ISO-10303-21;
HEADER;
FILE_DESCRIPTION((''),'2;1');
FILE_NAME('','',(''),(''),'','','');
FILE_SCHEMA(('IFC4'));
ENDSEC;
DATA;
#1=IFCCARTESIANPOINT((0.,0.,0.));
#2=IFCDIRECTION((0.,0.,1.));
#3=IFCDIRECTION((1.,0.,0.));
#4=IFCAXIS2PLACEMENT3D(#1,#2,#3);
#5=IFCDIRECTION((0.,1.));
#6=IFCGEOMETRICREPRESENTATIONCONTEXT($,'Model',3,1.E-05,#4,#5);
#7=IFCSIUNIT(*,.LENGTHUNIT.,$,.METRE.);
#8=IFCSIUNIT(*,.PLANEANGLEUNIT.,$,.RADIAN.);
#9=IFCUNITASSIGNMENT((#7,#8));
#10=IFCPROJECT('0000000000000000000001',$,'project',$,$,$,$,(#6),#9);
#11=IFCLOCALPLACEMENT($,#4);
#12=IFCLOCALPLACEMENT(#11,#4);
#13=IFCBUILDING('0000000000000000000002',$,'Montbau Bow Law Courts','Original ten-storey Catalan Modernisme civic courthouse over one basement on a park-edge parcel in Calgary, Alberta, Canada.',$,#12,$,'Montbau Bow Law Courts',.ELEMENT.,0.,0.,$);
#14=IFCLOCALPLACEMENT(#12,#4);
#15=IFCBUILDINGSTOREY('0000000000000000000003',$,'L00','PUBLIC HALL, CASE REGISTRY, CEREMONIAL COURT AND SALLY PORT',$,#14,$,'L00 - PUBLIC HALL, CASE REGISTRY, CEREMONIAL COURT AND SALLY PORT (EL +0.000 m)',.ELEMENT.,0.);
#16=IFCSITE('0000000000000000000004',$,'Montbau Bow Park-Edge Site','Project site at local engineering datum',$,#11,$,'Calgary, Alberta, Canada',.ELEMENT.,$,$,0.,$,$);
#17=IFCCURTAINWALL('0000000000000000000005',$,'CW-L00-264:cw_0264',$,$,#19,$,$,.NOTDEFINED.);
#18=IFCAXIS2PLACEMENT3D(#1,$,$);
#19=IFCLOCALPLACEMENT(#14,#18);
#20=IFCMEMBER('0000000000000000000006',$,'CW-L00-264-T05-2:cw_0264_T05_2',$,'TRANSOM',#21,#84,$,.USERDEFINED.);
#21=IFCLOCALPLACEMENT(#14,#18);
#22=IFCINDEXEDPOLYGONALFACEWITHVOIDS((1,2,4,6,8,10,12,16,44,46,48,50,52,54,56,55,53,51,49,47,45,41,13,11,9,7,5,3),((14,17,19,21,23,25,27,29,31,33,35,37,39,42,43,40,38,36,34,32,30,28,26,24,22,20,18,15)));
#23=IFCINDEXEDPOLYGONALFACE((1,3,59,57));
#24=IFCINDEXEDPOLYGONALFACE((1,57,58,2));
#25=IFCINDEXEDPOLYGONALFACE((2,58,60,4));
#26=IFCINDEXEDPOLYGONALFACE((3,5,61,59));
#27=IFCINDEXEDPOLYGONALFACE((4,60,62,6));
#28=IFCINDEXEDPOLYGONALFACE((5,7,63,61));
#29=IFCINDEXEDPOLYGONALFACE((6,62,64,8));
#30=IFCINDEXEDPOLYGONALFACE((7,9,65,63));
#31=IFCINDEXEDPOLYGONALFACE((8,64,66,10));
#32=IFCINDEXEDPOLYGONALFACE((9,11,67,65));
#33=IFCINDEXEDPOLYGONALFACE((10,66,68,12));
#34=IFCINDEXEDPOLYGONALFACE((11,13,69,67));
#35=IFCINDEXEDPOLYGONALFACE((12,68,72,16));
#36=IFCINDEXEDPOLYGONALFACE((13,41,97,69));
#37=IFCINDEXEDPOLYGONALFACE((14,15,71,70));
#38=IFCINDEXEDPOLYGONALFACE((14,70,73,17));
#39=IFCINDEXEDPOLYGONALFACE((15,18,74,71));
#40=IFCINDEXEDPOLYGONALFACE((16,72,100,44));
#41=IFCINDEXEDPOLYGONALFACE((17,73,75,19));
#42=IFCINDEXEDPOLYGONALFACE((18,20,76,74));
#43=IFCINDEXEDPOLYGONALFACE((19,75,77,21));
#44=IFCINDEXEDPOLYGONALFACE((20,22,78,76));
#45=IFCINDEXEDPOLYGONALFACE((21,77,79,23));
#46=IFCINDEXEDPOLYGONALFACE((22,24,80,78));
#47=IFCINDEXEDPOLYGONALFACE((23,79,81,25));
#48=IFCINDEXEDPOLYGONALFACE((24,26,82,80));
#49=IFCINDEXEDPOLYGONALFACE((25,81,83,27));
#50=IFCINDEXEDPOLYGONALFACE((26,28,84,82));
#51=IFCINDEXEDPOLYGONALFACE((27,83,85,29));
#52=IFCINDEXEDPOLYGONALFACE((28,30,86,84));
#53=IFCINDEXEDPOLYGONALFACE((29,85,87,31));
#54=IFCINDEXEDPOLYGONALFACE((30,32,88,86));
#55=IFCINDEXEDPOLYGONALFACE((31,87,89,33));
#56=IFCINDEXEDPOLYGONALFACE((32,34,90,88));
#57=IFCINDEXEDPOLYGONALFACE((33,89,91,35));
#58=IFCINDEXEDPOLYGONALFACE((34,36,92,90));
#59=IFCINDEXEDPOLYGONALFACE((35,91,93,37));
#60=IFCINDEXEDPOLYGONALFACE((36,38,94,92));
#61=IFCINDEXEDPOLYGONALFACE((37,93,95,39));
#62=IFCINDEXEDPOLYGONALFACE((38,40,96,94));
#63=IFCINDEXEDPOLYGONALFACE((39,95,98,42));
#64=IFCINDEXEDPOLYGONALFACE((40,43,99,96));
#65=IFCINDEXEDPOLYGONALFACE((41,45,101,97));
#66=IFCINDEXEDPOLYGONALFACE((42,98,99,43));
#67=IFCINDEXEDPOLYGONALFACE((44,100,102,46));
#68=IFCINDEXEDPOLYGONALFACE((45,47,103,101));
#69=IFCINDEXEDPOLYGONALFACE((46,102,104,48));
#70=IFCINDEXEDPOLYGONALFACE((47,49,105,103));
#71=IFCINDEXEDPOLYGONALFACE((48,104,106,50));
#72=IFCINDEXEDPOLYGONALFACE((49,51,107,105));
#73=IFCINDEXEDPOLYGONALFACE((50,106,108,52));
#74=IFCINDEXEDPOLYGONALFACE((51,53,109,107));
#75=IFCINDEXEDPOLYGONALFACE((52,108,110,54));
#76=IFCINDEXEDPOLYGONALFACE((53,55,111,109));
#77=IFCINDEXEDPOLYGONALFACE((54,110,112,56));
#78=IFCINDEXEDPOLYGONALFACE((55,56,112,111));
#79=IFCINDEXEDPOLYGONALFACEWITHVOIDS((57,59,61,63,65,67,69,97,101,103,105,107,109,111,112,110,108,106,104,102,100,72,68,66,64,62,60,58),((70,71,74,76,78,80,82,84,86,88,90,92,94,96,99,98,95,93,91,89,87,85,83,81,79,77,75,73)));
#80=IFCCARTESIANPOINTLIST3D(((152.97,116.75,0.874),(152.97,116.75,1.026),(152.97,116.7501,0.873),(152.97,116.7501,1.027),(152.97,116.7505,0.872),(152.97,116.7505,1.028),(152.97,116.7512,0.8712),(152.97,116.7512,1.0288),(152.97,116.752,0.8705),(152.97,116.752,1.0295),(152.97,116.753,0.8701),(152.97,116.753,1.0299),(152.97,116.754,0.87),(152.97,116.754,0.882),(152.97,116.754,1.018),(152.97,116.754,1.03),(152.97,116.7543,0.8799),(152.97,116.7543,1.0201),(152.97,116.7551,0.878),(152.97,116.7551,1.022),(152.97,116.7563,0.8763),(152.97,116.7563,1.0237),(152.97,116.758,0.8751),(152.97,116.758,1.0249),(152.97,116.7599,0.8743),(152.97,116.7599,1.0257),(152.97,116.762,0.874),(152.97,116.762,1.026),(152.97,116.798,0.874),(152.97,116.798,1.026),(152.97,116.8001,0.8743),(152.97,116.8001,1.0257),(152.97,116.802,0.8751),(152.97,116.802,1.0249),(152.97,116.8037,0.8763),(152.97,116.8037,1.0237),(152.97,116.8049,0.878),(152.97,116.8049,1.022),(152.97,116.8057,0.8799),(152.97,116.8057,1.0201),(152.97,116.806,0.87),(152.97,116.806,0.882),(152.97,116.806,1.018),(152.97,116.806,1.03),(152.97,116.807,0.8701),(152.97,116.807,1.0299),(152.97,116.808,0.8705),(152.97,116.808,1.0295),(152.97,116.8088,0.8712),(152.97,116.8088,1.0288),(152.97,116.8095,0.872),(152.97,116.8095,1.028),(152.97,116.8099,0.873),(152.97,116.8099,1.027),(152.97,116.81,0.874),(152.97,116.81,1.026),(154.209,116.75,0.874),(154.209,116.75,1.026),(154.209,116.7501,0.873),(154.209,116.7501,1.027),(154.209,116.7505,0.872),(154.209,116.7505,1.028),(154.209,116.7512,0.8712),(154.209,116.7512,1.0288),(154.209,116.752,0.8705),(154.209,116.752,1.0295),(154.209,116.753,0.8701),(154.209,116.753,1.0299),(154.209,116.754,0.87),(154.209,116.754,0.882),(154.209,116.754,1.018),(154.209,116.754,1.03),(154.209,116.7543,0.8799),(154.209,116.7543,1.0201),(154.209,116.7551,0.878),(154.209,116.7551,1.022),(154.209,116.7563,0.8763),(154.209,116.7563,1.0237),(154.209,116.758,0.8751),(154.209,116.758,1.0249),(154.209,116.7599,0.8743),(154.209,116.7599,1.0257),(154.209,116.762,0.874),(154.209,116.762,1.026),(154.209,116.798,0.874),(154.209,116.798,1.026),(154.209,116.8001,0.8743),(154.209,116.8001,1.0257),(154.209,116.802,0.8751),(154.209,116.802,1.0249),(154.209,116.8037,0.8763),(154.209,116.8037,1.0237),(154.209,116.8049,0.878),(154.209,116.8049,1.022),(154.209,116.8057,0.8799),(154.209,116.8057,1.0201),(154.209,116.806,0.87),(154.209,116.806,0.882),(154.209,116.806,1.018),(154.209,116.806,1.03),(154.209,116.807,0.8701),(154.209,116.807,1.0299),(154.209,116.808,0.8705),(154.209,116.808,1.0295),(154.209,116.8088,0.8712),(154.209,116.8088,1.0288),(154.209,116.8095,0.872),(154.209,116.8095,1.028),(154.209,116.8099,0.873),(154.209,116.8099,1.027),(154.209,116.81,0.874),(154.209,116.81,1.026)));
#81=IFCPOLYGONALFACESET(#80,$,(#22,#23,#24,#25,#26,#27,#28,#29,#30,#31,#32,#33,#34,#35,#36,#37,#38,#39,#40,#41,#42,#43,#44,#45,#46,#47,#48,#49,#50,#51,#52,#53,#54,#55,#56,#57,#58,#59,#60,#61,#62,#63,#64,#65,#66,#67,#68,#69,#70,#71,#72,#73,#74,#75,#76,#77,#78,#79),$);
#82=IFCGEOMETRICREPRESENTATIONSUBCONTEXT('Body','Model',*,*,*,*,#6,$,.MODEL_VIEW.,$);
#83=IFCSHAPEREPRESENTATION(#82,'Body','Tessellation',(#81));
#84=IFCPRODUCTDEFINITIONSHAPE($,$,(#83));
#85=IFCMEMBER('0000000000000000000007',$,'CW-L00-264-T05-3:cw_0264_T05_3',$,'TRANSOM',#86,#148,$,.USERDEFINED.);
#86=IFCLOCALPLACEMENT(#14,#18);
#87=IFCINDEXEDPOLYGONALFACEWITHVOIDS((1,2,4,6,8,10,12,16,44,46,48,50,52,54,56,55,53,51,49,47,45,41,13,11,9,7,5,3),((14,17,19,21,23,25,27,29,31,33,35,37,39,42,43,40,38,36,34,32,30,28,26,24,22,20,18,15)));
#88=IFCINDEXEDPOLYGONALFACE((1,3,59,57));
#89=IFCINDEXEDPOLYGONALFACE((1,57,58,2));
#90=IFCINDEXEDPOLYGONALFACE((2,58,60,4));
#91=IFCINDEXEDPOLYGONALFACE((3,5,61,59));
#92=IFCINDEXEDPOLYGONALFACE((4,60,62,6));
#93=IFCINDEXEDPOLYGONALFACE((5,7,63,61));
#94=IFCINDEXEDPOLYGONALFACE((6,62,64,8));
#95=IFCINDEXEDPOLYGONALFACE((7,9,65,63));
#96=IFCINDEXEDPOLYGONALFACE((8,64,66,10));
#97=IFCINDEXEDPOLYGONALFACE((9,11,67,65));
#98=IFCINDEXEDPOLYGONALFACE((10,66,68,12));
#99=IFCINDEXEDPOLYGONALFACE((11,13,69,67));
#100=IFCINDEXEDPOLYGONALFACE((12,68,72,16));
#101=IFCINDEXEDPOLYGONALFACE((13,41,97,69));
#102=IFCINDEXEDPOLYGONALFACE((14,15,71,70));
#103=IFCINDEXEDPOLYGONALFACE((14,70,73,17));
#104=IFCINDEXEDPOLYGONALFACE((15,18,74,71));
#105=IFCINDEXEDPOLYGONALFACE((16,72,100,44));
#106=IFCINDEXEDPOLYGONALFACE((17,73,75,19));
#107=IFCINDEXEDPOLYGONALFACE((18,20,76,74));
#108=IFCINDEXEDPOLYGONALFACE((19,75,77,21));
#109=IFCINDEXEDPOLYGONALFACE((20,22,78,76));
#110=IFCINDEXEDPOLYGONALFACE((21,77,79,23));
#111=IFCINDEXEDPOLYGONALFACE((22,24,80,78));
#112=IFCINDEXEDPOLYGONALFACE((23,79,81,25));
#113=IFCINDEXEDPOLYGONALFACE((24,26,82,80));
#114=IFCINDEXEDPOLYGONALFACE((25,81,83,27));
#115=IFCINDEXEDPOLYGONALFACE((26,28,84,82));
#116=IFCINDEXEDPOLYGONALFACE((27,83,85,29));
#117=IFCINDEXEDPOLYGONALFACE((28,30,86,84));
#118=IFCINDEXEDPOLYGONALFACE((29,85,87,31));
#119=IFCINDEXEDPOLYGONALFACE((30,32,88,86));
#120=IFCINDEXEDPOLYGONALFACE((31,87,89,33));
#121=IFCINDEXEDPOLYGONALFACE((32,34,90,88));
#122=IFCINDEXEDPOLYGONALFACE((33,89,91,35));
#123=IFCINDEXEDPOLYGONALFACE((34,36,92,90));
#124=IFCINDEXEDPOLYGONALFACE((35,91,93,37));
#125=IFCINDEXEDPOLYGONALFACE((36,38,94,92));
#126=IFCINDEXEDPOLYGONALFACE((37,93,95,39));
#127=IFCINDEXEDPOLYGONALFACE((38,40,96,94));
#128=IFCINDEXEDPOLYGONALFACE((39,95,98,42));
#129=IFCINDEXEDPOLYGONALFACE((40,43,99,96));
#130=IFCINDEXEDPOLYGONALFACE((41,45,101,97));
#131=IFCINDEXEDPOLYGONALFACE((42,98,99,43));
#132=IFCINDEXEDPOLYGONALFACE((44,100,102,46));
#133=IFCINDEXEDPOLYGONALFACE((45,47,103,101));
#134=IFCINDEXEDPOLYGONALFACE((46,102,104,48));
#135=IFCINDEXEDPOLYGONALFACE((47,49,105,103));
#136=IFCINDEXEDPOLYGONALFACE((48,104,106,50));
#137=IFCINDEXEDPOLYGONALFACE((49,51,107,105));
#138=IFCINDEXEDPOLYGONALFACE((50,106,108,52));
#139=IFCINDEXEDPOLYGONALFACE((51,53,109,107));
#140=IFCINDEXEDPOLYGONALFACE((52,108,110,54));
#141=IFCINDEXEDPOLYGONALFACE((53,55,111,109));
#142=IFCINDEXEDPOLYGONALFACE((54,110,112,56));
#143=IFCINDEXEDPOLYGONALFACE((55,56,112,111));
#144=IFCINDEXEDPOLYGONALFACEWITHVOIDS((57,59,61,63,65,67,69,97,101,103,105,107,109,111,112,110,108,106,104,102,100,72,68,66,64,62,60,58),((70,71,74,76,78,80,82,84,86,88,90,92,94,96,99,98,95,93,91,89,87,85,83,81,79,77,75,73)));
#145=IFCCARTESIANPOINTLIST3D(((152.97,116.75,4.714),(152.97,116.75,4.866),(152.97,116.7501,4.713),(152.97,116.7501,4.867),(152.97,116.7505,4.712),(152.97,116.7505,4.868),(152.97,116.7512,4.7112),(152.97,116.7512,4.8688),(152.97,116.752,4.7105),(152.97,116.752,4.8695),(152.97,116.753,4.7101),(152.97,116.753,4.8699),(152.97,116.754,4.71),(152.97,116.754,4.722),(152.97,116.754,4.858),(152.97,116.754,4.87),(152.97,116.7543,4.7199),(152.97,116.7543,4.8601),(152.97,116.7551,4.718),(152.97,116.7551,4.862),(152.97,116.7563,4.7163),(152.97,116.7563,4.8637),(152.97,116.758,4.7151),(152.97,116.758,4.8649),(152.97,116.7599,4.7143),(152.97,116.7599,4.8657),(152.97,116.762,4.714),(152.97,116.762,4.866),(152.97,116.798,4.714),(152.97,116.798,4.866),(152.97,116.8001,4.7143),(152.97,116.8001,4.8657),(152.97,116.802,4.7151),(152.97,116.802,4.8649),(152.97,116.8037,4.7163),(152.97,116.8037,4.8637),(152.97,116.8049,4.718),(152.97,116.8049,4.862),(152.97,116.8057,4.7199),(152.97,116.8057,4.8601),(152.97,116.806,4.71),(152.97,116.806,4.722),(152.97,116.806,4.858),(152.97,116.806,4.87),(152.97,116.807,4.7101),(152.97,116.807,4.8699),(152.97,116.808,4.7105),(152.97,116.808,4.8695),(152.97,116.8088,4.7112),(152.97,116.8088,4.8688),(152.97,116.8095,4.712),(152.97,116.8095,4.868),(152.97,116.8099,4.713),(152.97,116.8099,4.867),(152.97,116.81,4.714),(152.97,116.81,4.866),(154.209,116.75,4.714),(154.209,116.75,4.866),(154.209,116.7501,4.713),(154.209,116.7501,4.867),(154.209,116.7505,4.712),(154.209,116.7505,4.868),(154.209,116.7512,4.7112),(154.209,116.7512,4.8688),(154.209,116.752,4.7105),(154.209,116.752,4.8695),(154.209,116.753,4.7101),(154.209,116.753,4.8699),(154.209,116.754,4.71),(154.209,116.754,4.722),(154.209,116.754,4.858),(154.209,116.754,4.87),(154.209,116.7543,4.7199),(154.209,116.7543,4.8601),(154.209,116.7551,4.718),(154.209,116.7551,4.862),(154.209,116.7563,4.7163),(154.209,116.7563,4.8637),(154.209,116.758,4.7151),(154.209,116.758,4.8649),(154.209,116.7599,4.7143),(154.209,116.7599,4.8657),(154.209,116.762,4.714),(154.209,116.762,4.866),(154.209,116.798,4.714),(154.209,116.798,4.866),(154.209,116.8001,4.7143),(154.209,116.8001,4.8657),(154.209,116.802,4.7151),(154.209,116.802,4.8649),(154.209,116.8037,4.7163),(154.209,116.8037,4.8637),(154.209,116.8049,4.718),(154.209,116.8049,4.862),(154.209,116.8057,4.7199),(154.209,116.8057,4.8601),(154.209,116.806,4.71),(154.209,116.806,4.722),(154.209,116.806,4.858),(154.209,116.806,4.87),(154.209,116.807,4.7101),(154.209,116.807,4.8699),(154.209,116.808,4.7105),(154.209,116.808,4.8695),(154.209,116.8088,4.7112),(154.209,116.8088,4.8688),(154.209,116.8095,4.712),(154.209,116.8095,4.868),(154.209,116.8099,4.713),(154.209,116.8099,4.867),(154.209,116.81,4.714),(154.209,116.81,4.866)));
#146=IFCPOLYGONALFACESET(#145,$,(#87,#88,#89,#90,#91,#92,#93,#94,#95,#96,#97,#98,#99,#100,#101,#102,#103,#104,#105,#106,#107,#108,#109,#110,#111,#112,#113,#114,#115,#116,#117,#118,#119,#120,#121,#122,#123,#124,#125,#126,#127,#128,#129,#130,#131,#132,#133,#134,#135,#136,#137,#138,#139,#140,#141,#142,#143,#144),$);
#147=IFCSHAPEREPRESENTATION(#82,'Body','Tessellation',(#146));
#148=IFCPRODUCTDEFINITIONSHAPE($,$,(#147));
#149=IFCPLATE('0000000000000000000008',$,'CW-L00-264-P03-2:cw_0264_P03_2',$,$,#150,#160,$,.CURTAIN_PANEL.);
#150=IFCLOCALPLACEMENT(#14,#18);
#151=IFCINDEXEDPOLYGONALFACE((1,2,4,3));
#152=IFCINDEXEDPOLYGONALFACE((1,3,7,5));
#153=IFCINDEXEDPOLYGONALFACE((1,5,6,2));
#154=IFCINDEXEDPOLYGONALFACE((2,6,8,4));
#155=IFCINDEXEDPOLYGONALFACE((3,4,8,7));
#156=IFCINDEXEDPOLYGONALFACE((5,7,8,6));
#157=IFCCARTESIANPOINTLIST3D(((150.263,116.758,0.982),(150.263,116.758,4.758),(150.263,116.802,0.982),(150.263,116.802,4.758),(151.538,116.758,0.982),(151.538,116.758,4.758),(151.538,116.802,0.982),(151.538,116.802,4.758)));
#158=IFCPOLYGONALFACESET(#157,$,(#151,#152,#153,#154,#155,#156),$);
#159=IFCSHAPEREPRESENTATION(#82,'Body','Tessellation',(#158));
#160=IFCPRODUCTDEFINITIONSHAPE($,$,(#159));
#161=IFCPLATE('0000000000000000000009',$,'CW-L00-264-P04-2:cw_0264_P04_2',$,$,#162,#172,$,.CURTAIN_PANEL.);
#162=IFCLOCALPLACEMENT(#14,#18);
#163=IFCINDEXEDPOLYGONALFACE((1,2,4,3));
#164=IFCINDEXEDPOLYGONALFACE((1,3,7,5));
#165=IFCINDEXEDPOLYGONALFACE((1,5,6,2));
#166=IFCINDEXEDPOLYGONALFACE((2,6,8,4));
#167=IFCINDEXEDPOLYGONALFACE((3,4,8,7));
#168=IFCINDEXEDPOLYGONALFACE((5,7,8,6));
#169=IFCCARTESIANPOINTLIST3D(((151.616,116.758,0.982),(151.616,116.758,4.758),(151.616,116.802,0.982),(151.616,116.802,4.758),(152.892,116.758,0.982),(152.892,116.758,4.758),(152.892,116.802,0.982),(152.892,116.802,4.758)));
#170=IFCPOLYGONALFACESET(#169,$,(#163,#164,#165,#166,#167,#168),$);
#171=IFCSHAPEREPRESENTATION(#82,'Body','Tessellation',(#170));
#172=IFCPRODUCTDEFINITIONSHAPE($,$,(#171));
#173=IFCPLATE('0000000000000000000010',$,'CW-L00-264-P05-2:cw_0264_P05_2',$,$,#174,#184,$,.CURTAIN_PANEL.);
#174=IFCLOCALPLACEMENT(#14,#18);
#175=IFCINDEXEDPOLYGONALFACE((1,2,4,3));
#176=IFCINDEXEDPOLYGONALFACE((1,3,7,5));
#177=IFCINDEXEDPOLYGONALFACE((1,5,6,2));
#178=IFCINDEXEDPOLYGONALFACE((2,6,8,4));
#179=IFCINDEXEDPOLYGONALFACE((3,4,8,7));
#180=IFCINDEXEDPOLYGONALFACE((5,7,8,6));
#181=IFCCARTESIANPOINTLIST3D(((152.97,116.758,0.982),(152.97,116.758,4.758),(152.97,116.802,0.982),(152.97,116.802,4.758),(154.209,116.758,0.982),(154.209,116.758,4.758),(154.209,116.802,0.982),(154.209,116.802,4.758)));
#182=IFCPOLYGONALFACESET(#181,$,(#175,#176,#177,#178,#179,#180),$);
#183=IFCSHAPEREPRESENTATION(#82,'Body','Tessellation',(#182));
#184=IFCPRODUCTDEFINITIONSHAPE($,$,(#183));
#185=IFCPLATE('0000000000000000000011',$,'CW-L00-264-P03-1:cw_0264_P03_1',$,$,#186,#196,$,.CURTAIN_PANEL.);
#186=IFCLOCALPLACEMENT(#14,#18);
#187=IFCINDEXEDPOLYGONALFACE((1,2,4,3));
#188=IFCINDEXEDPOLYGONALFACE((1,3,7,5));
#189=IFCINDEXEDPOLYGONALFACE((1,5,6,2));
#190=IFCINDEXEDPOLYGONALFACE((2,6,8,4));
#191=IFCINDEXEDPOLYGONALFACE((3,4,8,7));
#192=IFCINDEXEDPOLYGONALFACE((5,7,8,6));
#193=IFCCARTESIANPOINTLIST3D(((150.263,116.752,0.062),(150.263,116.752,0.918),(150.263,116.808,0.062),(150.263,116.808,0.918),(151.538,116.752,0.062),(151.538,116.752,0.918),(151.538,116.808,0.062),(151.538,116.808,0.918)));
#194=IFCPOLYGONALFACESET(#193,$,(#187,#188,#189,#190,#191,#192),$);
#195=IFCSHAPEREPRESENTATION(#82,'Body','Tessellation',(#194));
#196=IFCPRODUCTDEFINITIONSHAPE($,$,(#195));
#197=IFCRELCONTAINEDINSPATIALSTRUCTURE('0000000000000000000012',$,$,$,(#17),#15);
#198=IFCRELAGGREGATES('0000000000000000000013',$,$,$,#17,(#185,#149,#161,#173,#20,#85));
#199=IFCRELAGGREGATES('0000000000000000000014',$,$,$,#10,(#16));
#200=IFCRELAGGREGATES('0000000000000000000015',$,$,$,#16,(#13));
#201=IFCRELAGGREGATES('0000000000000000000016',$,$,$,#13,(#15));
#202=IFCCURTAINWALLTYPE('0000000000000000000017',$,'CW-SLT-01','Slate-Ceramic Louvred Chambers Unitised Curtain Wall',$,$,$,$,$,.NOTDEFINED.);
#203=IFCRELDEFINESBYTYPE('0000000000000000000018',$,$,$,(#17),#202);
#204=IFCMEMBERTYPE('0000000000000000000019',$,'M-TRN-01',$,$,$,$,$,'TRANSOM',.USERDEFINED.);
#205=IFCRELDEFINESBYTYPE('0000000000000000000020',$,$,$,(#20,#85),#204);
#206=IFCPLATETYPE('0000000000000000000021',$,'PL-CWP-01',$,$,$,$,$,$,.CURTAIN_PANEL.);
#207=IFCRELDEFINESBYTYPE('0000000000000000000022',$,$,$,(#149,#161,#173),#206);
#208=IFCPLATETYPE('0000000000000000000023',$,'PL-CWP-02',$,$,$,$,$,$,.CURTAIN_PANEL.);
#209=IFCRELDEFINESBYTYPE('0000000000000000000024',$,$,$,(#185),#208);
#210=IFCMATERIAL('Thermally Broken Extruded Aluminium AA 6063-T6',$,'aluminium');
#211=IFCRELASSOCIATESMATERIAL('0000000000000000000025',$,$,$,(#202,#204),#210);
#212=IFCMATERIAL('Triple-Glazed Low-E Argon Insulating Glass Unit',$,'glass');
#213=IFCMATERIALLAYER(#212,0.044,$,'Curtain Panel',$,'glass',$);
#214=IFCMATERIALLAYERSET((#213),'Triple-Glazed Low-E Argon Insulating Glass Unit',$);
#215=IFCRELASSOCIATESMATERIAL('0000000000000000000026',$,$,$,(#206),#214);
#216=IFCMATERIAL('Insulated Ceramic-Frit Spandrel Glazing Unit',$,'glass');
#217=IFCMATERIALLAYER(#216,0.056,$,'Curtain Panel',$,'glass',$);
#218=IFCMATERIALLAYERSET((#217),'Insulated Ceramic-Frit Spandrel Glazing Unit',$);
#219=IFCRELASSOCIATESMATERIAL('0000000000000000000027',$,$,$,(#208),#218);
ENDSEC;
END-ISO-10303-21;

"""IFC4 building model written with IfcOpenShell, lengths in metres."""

from ifc_helpers import new_model, si_unit, direction, frame, frame_2d, origin_with_axes, origin_2d_with_axis, place, context, subcontext, project, spatial, rectangle, hollow_rectangle, extrude, material, layer, layer_set, material_profile, profile_set, type_object, element, aggregate, save


model = new_model("IFC4")

# Units and contexts
model_context = context("Model", 3, precision=1e-05, world=origin_with_axes(), true_north=direction((0.0, 1.0)))
body_context = subcontext(model_context, "Body", "Model", "MODEL_VIEW")
ifc_project = project(units=[si_unit("LENGTHUNIT", "METRE"), si_unit("PLANEANGLEUNIT", "RADIAN")], contexts=[model_context])

# Site, building, storey
site_placement = place(None, origin_with_axes())
site = spatial("IfcSite", under=ifc_project, at=site_placement, Name="Montbau Bow Park-Edge Site", Description="Project site at local engineering datum", LongName="Calgary, Alberta, Canada", CompositionType="ELEMENT", RefElevation=0.0)
building_placement = place(site_placement, origin_with_axes())
building = spatial("IfcBuilding", under=site, at=building_placement, Name="Montbau Bow Law Courts", Description="Original ten-storey Catalan Modernisme civic courthouse over one basement on a park-edge parcel in Calgary, Alberta, Canada.", LongName="Montbau Bow Law Courts", CompositionType="ELEMENT", ElevationOfRefHeight=0.0, ElevationOfTerrain=0.0)
storey_placement = place(building_placement, origin_with_axes())
storey = spatial("IfcBuildingStorey", under=building, at=storey_placement, Name="L00", Description="PUBLIC HALL, CASE REGISTRY, CEREMONIAL COURT AND SALLY PORT", LongName="L00 - PUBLIC HALL, CASE REGISTRY, CEREMONIAL COURT AND SALLY PORT (EL +0.000 m)", CompositionType="ELEMENT", Elevation=0.0)

# Curtain wall, members, plates
ifc_material_1 = material(Name="Thermally Broken Extruded Aluminium AA 6063-T6", Category="aluminium")
curtain_wall_type = type_object("IfcCurtainWallType", Name="CW-SLT-01", Description="Slate-Ceramic Louvred Chambers Unitised Curtain Wall", PredefinedType="NOTDEFINED", material=ifc_material_1)
curtain_wall_placement = place(None, frame((147.515, 116.78, 0.0), z_axis=(0.0, 0.0, 1.0), x_axis=(1.0, 0.0, 0.0)))
curtain_wall = element("IfcCurtainWall", 1, at=curtain_wall_placement, inside=storey, type_object=curtain_wall_type, Name="CW-L00-264:cw_0264", PredefinedType="NOTDEFINED")
ifc_material_profile_1 = material_profile(ifc_material_1, hollow_rectangle(XDim=0.06, YDim=0.16, WallThickness=0.004, InnerFilletRadius=0.008, OuterFilletRadius=0.004, at=origin_2d_with_axis()), Name="CWT-160X60", Category="Main", Priority=0)
ifc_profile_set_1 = profile_set([ifc_material_profile_1], Name="Thermally Broken Extruded Aluminium AA 6063-T6")
member_type_1 = type_object("IfcMemberType", Name="M-TRN-01", ElementType="TRANSOM", PredefinedType="USERDEFINED", material=ifc_profile_set_1)
member_1_placement = place(None, frame((152.97, 116.78, 0.95), z_axis=(1.0, 0.0, 0.0), x_axis=(0.0, 1.0, 0.0)))
member_1 = element("IfcMember", 2, at=member_1_placement, type_object=member_type_1, Name="CW-L00-264-T05-2:cw_0264_T05_2", ObjectType="TRANSOM", PredefinedType="USERDEFINED", context=body_context, shape_type="SweptSolid", body=[
    extrude(hollow_rectangle(XDim=0.06, YDim=0.16, WallThickness=0.004, InnerFilletRadius=0.008, OuterFilletRadius=0.004, at=origin_2d_with_axis()), origin_with_axes(), (0.0, 0.0, 1.0), 1.239),
])
member_2_placement = place(None, frame((152.97, 116.78, 4.79), z_axis=(1.0, 0.0, 0.0), x_axis=(0.0, 1.0, 0.0)))
member_2 = element("IfcMember", 3, at=member_2_placement, type_object=member_type_1, Name="CW-L00-264-T05-3:cw_0264_T05_3", ObjectType="TRANSOM", PredefinedType="USERDEFINED", context=body_context, shape_type="SweptSolid", body=[
    extrude(hollow_rectangle(XDim=0.06, YDim=0.16, WallThickness=0.004, InnerFilletRadius=0.008, OuterFilletRadius=0.004, at=origin_2d_with_axis()), origin_with_axes(), (0.0, 0.0, 1.0), 1.239),
])
ifc_material_2 = material(Name="Triple-Glazed Low-E Argon Insulating Glass Unit", Category="glass")
ifc_layer_1 = layer(ifc_material_2, 0.044, Name="Curtain Panel", Category="glass")
ifc_layer_set_1 = layer_set([ifc_layer_1], Name="Triple-Glazed Low-E Argon Insulating Glass Unit")
plate_type_1 = type_object("IfcPlateType", Name="PL-CWP-01", PredefinedType="CURTAIN_PANEL", material=ifc_layer_set_1)
plate_1_placement = place(None, frame((150.263, 116.78, 0.982), z_axis=(0.0, -1.0, 0.0), x_axis=(1.0, 0.0, 0.0)))
plate_1 = element("IfcPlate", 4, at=plate_1_placement, type_object=plate_type_1, Name="CW-L00-264-P03-2:cw_0264_P03_2", PredefinedType="CURTAIN_PANEL", context=body_context, shape_type="SweptSolid", body=[
    extrude(rectangle(XDim=1.275, YDim=3.776, at=frame_2d((0.6375, 1.888), x_axis=(1.0, 0.0))), frame((0.0, 0.0, -0.022), z_axis=(0.0, 0.0, 1.0), x_axis=(1.0, 0.0, 0.0)), (0.0, 0.0, 1.0), 0.044),
])
plate_2_placement = place(None, frame((151.616, 116.78, 0.982), z_axis=(0.0, -1.0, 0.0), x_axis=(1.0, 0.0, 0.0)))
plate_2 = element("IfcPlate", 5, at=plate_2_placement, type_object=plate_type_1, Name="CW-L00-264-P04-2:cw_0264_P04_2", PredefinedType="CURTAIN_PANEL", context=body_context, shape_type="SweptSolid", body=[
    extrude(rectangle(XDim=1.276, YDim=3.776, at=frame_2d((0.638, 1.888), x_axis=(1.0, 0.0))), frame((0.0, 0.0, -0.022), z_axis=(0.0, 0.0, 1.0), x_axis=(1.0, 0.0, 0.0)), (0.0, 0.0, 1.0), 0.044),
])
plate_3_placement = place(None, frame((152.97, 116.78, 0.982), z_axis=(0.0, -1.0, 0.0), x_axis=(1.0, 0.0, 0.0)))
plate_3 = element("IfcPlate", 6, at=plate_3_placement, type_object=plate_type_1, Name="CW-L00-264-P05-2:cw_0264_P05_2", PredefinedType="CURTAIN_PANEL", context=body_context, shape_type="SweptSolid", body=[
    extrude(rectangle(XDim=1.239, YDim=3.776, at=frame_2d((0.6195, 1.888), x_axis=(1.0, 0.0))), frame((0.0, 0.0, -0.022), z_axis=(0.0, 0.0, 1.0), x_axis=(1.0, 0.0, 0.0)), (0.0, 0.0, 1.0), 0.044),
])
ifc_material_3 = material(Name="Insulated Ceramic-Frit Spandrel Glazing Unit", Category="glass")
ifc_layer_2 = layer(ifc_material_3, 0.056, Name="Curtain Panel", Category="glass")
ifc_layer_set_2 = layer_set([ifc_layer_2], Name="Insulated Ceramic-Frit Spandrel Glazing Unit")
plate_type_2 = type_object("IfcPlateType", Name="PL-CWP-02", PredefinedType="CURTAIN_PANEL", material=ifc_layer_set_2)
plate_4_placement = place(None, frame((150.263, 116.78, 0.062), z_axis=(0.0, -1.0, 0.0), x_axis=(1.0, 0.0, 0.0)))
plate_4 = element("IfcPlate", 7, at=plate_4_placement, type_object=plate_type_2, Name="CW-L00-264-P03-1:cw_0264_P03_1", PredefinedType="CURTAIN_PANEL", context=body_context, shape_type="SweptSolid", body=[
    extrude(rectangle(XDim=1.275, YDim=0.856, at=frame_2d((0.6375, 0.428), x_axis=(1.0, 0.0))), frame((0.0, 0.0, -0.028), z_axis=(0.0, 0.0, 1.0), x_axis=(1.0, 0.0, 0.0)), (0.0, 0.0, 1.0), 0.056),
])
aggregate(curtain_wall, [plate_4, plate_1, plate_2, plate_3, member_1, member_2])

save(model, "model.ifc")
